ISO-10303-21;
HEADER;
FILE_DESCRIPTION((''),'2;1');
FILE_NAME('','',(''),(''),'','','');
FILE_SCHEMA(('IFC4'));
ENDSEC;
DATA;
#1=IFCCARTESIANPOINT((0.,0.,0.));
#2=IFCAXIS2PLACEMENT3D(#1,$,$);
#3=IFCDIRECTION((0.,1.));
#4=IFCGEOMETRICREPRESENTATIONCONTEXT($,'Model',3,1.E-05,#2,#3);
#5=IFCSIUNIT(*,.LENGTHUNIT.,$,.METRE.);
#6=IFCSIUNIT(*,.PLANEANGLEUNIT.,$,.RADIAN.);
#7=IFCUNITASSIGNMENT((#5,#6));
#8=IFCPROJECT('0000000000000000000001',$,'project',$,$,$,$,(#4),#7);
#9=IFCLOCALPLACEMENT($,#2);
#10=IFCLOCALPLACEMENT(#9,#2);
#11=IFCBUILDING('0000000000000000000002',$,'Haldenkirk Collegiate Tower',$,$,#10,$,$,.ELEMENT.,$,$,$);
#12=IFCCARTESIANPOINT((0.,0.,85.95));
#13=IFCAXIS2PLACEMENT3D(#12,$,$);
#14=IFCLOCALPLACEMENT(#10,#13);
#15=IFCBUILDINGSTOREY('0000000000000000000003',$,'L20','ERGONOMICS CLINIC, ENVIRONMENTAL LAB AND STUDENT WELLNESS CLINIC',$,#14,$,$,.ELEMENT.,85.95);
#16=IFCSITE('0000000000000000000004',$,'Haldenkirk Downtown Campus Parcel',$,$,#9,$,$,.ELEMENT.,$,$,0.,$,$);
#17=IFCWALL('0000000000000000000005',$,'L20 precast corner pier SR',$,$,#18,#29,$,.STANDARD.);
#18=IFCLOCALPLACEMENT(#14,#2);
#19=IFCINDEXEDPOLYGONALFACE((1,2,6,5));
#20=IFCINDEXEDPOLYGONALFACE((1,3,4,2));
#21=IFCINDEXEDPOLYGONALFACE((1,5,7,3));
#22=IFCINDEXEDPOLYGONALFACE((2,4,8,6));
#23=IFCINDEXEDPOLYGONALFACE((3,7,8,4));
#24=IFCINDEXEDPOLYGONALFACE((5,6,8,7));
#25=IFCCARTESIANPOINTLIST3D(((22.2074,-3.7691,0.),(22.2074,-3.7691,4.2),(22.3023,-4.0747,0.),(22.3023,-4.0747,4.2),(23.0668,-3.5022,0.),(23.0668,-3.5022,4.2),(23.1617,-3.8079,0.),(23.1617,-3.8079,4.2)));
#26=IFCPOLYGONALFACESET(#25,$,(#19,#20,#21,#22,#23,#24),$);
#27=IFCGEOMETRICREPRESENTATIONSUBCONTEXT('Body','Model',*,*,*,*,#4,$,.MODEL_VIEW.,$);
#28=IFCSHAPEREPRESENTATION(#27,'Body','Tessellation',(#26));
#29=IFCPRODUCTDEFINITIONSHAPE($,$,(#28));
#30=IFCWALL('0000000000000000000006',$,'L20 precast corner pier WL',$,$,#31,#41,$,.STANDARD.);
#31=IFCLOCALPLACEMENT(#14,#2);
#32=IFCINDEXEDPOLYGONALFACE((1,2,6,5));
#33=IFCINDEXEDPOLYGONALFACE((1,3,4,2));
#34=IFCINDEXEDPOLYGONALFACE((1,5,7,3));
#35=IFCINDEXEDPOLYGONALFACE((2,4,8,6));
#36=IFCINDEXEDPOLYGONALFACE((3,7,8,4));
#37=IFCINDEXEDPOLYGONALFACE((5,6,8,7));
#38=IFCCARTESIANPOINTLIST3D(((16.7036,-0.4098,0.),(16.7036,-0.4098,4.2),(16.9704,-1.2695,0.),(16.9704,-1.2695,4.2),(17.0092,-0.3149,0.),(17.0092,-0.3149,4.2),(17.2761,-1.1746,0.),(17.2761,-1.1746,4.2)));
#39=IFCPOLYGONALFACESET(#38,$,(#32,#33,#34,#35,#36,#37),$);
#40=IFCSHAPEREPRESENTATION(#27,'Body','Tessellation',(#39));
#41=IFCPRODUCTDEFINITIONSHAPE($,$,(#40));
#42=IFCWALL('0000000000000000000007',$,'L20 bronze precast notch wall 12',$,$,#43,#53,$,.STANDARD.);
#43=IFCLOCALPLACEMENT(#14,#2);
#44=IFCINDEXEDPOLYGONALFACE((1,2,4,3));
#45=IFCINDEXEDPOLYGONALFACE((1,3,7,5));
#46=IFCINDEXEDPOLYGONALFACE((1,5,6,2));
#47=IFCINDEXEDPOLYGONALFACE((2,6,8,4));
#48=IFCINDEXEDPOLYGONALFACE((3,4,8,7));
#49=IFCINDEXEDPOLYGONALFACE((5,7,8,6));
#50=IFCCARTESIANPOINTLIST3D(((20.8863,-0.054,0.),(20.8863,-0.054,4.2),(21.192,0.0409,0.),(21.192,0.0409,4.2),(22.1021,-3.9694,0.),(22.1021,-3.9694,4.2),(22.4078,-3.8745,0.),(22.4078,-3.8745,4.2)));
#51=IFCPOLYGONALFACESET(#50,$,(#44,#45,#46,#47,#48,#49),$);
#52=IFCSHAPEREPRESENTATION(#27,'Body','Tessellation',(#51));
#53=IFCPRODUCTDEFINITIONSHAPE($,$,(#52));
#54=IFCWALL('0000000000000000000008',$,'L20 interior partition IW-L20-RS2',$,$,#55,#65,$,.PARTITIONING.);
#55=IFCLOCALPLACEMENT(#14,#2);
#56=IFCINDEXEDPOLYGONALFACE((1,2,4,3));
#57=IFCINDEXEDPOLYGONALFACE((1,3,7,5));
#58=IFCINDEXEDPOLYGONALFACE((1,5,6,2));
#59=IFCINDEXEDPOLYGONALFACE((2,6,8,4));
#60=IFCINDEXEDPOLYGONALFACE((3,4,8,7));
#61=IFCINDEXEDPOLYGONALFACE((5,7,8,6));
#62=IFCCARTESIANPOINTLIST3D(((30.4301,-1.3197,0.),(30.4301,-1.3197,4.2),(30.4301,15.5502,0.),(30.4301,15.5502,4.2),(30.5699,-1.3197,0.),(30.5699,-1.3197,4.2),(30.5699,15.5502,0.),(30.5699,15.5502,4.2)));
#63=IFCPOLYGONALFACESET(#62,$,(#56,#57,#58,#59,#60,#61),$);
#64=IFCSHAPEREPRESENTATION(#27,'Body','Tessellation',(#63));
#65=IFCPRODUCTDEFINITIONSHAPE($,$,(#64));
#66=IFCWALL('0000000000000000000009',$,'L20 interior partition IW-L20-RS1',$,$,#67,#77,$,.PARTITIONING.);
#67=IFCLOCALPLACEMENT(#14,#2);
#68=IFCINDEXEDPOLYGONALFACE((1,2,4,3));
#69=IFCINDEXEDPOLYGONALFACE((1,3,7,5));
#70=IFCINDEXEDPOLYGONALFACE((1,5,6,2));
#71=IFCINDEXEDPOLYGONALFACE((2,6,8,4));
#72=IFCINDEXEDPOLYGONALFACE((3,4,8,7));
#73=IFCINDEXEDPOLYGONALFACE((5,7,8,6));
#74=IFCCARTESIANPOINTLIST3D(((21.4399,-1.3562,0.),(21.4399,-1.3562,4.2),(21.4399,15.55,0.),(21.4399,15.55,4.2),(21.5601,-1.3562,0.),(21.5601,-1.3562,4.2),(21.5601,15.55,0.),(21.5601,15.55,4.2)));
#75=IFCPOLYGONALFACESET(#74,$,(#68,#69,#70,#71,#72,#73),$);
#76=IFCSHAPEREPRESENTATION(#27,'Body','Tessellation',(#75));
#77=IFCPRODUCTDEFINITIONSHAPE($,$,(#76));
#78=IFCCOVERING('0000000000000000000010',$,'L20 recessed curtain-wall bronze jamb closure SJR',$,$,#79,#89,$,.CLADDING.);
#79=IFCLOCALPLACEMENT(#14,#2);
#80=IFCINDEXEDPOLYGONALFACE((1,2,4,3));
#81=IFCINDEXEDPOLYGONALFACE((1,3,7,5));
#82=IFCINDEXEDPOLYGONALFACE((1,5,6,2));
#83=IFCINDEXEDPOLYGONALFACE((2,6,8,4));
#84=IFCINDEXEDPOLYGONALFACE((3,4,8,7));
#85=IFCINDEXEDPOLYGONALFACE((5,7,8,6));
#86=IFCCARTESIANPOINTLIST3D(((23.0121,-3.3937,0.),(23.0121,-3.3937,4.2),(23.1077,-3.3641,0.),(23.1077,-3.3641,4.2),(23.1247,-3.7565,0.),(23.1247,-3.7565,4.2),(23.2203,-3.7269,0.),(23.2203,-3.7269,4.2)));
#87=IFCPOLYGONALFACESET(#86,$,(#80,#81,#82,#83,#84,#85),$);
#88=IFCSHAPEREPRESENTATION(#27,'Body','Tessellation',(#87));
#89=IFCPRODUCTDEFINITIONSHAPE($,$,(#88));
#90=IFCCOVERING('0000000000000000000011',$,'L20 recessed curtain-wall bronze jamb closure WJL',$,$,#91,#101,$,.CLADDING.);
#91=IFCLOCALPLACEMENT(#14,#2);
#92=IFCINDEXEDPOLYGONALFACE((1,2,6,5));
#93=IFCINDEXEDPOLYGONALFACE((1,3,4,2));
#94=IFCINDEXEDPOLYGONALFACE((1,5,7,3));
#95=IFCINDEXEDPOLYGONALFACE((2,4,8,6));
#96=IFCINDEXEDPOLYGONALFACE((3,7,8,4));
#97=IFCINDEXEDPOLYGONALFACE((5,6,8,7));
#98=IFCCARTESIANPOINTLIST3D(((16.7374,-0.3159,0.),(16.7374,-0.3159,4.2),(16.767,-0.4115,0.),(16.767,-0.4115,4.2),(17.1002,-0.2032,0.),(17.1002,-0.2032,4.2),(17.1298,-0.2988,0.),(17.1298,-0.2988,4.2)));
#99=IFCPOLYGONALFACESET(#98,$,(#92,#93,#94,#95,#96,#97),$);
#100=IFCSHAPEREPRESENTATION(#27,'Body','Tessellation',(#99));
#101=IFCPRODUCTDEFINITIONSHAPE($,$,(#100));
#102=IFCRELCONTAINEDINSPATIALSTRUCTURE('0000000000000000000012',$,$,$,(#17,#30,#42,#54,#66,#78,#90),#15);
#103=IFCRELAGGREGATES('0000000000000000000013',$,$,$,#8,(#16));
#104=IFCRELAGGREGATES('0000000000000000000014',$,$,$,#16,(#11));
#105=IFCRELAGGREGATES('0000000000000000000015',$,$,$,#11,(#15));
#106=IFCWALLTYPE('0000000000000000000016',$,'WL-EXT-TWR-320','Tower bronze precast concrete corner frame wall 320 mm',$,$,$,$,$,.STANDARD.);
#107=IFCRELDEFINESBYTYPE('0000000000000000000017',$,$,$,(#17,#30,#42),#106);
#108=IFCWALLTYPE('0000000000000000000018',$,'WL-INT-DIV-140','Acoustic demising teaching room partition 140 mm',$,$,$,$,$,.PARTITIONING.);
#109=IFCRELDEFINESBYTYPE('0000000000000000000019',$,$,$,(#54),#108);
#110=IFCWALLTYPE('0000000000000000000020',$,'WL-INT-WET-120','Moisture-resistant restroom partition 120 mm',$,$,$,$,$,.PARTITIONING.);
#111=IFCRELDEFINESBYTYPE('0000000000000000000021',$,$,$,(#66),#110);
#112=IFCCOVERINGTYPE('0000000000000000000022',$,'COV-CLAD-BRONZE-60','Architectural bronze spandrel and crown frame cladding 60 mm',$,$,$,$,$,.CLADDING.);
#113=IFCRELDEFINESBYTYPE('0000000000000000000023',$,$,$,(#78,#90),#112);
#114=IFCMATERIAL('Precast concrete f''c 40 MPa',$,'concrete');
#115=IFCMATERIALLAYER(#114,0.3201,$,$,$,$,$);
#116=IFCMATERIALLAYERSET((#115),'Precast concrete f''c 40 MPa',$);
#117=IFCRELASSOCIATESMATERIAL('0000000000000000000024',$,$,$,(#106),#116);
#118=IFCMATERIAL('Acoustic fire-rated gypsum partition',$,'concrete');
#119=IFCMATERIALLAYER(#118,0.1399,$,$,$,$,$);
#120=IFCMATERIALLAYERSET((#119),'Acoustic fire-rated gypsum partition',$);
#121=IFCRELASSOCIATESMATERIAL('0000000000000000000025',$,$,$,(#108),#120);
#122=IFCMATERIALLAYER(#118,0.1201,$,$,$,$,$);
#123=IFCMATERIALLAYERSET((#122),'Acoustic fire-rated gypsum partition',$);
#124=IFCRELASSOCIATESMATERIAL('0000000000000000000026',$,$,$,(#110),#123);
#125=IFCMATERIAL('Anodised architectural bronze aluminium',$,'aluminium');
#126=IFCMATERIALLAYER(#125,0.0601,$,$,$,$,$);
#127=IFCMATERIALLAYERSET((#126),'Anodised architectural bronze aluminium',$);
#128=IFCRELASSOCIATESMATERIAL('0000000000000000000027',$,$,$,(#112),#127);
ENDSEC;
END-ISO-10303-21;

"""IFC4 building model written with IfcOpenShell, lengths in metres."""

from ifc_helpers import new_model, si_unit, direction, frame, frame_2d, origin, origin_2d, place, context, subcontext, project, spatial, rectangle, extrude, source, transform, mapped, material, layer, layer_set, type_object, element, save


model = new_model("IFC4")

# Units and contexts
model_context = context("Model", 3, precision=1e-05, world=origin(), true_north=direction((0.0, 1.0)))
body_context = subcontext(model_context, "Body", "Model", "MODEL_VIEW")
ifc_project = project(units=[si_unit("LENGTHUNIT", "METRE"), si_unit("PLANEANGLEUNIT", "RADIAN")], contexts=[model_context])

# Site, building, storey
site_placement = place(None, origin())
site = spatial("IfcSite", under=ifc_project, at=site_placement, Name="Haldenkirk Downtown Campus Parcel", CompositionType="ELEMENT", RefElevation=0.0)
building_placement = place(site_placement, origin())
building = spatial("IfcBuilding", under=site, at=building_placement, Name="Haldenkirk Collegiate Tower", CompositionType="ELEMENT")
storey_placement = place(building_placement, frame((0.0, 0.0, 85.95)))
storey = spatial("IfcBuildingStorey", under=building, at=storey_placement, Name="L20", Description="ERGONOMICS CLINIC, ENVIRONMENTAL LAB AND STUDENT WELLNESS CLINIC", CompositionType="ELEMENT", Elevation=85.95)

# Shared definitions
ifc_material_1 = material(Name="Anodised architectural bronze aluminium", Category="aluminium")

# Walls
ifc_material_2 = material(Name="Precast concrete f'c 40 MPa", Category="concrete")
ifc_layer_1 = layer(ifc_material_2, 0.3201)
ifc_layer_set_1 = layer_set([ifc_layer_1], Name="Precast concrete f'c 40 MPa")
wall_type_1 = type_object("IfcWallType", Name="WL-EXT-TWR-320", Description="Tower bronze precast concrete corner frame wall 320 mm", PredefinedType="STANDARD", material=ifc_layer_set_1)
wall_1_placement = place(storey_placement, frame((23.1143, -3.655, 0.0), z_axis=(0.0, 0.0, 1.0), x_axis=(-0.955019, -0.296544, 0.0)))
element("IfcWall", 1, at=wall_1_placement, inside=storey, type_object=wall_type_1, Name="L20 precast corner pier SR", PredefinedType="STANDARD", context=body_context, shape_type="SweptSolid", body=[
    extrude(rectangle(XDim=0.8999, YDim=0.3201, at=frame_2d((0.45, 0.0))), origin(), (0.0, 0.0, 1.0), 4.2),
])
wall_2_placement = place(storey_placement, frame((17.1233, -1.2222, 0.0), z_axis=(0.0, 0.0, 1.0), x_axis=(-0.296467, 0.955043, 0.0)))
element("IfcWall", 2, at=wall_2_placement, inside=storey, type_object=wall_type_1, Name="L20 precast corner pier WL", PredefinedType="STANDARD", context=body_context, shape_type="SweptSolid", body=[
    extrude(rectangle(XDim=0.9001, YDim=0.3201, at=frame_2d((0.4502, 0.0))), origin(), (0.0, 0.0, 1.0), 4.2),
])
wall_3_placement = place(storey_placement, frame((22.2549, -3.9219, 0.0), z_axis=(0.0, 0.0, 1.0), x_axis=(-0.296545, 0.955019, 0.0)))
element("IfcWall", 3, at=wall_3_placement, inside=storey, type_object=wall_type_1, Name="L20 bronze precast notch wall 12", PredefinedType="STANDARD", context=body_context, shape_type="SweptSolid", body=[
    extrude(rectangle(XDim=4.0999, YDim=0.3201, at=frame_2d((2.0498, 0.0))), origin(), (0.0, 0.0, 1.0), 4.2),
])
ifc_material_3 = material(Name="Acoustic fire-rated gypsum partition", Category="concrete")
ifc_layer_2 = layer(ifc_material_3, 0.1399)
ifc_layer_set_2 = layer_set([ifc_layer_2], Name="Acoustic fire-rated gypsum partition")
wall_type_2 = type_object("IfcWallType", Name="WL-INT-DIV-140", Description="Acoustic demising teaching room partition 140 mm", PredefinedType="PARTITIONING", material=ifc_layer_set_2)
wall_4_placement = place(storey_placement, frame((30.5, -1.3198, 0.0), z_axis=(0.0, 0.0, 1.0), x_axis=(0.0, 1.0, 0.0)))
element("IfcWall", 4, at=wall_4_placement, inside=storey, type_object=wall_type_2, Name="L20 interior partition IW-L20-RS2", PredefinedType="PARTITIONING", context=body_context, shape_type="SweptSolid", body=[
    extrude(rectangle(XDim=16.8699, YDim=0.1399, at=frame_2d((8.4351, 0.0))), origin(), (0.0, 0.0, 1.0), 4.2),
])
ifc_layer_3 = layer(ifc_material_3, 0.1201)
ifc_layer_set_3 = layer_set([ifc_layer_3], Name="Acoustic fire-rated gypsum partition")
wall_type_3 = type_object("IfcWallType", Name="WL-INT-WET-120", Description="Moisture-resistant restroom partition 120 mm", PredefinedType="PARTITIONING", material=ifc_layer_set_3)
wall_5_placement = place(storey_placement, frame((21.5, -1.3562, 0.0), z_axis=(0.0, 0.0, 1.0), x_axis=(0.0, 1.0, 0.0)))
element("IfcWall", 5, at=wall_5_placement, inside=storey, type_object=wall_type_3, Name="L20 interior partition IW-L20-RS1", PredefinedType="PARTITIONING", context=body_context, shape_type="SweptSolid", body=[
    extrude(rectangle(XDim=16.9062, YDim=0.1201, at=frame_2d((8.4531, 0.0))), origin(), (0.0, 0.0, 1.0), 4.2),
])

# Coverings
ifc_layer_4 = layer(ifc_material_1, 0.0601)
ifc_layer_set_4 = layer_set([ifc_layer_4], Name="Anodised architectural bronze aluminium")
covering_type = type_object("IfcCoveringType", Name="COV-CLAD-BRONZE-60", Description="Architectural bronze spandrel and crown frame cladding 60 mm", PredefinedType="CLADDING", material=ifc_layer_set_4)
shared_shape_1 = source(origin(), body_context, "Body", "SweptSolid", [
    extrude(rectangle(XDim=0.1001, YDim=0.3799, at=origin_2d()), origin(), (0.0, 0.0, 1.0), 4.2),
])
for number, where, z_axis, x_axis, name in (
    (6, (23.1162, -3.5603, 0.0), (0.0, 0.0, 1.0), (-0.95502, -0.296542, 0.0), "L20 recessed curtain-wall bronze jamb closure SJR"),
    (7, (16.9336, -0.3074, 0.0), (0.0, 0.0, 1.0), (-0.296542, 0.95502, 0.0), "L20 recessed curtain-wall bronze jamb closure WJL"),
):
    element("IfcCovering", number, at=place(storey_placement, frame(where, z_axis=z_axis, x_axis=x_axis)), inside=storey, type_object=covering_type, Name=name, PredefinedType="CLADDING", context=body_context, shape_type="MappedRepresentation", body=[
        mapped(shared_shape_1, transform((0.0, 0.0, 0.0), x_axis=(1.0, 0.0, 0.0), y_axis=(0.0, 1.0, 0.0), z_axis=(0.0, 0.0, 1.0), scale=1.0)),
    ])

save(model, "model.ifc")
